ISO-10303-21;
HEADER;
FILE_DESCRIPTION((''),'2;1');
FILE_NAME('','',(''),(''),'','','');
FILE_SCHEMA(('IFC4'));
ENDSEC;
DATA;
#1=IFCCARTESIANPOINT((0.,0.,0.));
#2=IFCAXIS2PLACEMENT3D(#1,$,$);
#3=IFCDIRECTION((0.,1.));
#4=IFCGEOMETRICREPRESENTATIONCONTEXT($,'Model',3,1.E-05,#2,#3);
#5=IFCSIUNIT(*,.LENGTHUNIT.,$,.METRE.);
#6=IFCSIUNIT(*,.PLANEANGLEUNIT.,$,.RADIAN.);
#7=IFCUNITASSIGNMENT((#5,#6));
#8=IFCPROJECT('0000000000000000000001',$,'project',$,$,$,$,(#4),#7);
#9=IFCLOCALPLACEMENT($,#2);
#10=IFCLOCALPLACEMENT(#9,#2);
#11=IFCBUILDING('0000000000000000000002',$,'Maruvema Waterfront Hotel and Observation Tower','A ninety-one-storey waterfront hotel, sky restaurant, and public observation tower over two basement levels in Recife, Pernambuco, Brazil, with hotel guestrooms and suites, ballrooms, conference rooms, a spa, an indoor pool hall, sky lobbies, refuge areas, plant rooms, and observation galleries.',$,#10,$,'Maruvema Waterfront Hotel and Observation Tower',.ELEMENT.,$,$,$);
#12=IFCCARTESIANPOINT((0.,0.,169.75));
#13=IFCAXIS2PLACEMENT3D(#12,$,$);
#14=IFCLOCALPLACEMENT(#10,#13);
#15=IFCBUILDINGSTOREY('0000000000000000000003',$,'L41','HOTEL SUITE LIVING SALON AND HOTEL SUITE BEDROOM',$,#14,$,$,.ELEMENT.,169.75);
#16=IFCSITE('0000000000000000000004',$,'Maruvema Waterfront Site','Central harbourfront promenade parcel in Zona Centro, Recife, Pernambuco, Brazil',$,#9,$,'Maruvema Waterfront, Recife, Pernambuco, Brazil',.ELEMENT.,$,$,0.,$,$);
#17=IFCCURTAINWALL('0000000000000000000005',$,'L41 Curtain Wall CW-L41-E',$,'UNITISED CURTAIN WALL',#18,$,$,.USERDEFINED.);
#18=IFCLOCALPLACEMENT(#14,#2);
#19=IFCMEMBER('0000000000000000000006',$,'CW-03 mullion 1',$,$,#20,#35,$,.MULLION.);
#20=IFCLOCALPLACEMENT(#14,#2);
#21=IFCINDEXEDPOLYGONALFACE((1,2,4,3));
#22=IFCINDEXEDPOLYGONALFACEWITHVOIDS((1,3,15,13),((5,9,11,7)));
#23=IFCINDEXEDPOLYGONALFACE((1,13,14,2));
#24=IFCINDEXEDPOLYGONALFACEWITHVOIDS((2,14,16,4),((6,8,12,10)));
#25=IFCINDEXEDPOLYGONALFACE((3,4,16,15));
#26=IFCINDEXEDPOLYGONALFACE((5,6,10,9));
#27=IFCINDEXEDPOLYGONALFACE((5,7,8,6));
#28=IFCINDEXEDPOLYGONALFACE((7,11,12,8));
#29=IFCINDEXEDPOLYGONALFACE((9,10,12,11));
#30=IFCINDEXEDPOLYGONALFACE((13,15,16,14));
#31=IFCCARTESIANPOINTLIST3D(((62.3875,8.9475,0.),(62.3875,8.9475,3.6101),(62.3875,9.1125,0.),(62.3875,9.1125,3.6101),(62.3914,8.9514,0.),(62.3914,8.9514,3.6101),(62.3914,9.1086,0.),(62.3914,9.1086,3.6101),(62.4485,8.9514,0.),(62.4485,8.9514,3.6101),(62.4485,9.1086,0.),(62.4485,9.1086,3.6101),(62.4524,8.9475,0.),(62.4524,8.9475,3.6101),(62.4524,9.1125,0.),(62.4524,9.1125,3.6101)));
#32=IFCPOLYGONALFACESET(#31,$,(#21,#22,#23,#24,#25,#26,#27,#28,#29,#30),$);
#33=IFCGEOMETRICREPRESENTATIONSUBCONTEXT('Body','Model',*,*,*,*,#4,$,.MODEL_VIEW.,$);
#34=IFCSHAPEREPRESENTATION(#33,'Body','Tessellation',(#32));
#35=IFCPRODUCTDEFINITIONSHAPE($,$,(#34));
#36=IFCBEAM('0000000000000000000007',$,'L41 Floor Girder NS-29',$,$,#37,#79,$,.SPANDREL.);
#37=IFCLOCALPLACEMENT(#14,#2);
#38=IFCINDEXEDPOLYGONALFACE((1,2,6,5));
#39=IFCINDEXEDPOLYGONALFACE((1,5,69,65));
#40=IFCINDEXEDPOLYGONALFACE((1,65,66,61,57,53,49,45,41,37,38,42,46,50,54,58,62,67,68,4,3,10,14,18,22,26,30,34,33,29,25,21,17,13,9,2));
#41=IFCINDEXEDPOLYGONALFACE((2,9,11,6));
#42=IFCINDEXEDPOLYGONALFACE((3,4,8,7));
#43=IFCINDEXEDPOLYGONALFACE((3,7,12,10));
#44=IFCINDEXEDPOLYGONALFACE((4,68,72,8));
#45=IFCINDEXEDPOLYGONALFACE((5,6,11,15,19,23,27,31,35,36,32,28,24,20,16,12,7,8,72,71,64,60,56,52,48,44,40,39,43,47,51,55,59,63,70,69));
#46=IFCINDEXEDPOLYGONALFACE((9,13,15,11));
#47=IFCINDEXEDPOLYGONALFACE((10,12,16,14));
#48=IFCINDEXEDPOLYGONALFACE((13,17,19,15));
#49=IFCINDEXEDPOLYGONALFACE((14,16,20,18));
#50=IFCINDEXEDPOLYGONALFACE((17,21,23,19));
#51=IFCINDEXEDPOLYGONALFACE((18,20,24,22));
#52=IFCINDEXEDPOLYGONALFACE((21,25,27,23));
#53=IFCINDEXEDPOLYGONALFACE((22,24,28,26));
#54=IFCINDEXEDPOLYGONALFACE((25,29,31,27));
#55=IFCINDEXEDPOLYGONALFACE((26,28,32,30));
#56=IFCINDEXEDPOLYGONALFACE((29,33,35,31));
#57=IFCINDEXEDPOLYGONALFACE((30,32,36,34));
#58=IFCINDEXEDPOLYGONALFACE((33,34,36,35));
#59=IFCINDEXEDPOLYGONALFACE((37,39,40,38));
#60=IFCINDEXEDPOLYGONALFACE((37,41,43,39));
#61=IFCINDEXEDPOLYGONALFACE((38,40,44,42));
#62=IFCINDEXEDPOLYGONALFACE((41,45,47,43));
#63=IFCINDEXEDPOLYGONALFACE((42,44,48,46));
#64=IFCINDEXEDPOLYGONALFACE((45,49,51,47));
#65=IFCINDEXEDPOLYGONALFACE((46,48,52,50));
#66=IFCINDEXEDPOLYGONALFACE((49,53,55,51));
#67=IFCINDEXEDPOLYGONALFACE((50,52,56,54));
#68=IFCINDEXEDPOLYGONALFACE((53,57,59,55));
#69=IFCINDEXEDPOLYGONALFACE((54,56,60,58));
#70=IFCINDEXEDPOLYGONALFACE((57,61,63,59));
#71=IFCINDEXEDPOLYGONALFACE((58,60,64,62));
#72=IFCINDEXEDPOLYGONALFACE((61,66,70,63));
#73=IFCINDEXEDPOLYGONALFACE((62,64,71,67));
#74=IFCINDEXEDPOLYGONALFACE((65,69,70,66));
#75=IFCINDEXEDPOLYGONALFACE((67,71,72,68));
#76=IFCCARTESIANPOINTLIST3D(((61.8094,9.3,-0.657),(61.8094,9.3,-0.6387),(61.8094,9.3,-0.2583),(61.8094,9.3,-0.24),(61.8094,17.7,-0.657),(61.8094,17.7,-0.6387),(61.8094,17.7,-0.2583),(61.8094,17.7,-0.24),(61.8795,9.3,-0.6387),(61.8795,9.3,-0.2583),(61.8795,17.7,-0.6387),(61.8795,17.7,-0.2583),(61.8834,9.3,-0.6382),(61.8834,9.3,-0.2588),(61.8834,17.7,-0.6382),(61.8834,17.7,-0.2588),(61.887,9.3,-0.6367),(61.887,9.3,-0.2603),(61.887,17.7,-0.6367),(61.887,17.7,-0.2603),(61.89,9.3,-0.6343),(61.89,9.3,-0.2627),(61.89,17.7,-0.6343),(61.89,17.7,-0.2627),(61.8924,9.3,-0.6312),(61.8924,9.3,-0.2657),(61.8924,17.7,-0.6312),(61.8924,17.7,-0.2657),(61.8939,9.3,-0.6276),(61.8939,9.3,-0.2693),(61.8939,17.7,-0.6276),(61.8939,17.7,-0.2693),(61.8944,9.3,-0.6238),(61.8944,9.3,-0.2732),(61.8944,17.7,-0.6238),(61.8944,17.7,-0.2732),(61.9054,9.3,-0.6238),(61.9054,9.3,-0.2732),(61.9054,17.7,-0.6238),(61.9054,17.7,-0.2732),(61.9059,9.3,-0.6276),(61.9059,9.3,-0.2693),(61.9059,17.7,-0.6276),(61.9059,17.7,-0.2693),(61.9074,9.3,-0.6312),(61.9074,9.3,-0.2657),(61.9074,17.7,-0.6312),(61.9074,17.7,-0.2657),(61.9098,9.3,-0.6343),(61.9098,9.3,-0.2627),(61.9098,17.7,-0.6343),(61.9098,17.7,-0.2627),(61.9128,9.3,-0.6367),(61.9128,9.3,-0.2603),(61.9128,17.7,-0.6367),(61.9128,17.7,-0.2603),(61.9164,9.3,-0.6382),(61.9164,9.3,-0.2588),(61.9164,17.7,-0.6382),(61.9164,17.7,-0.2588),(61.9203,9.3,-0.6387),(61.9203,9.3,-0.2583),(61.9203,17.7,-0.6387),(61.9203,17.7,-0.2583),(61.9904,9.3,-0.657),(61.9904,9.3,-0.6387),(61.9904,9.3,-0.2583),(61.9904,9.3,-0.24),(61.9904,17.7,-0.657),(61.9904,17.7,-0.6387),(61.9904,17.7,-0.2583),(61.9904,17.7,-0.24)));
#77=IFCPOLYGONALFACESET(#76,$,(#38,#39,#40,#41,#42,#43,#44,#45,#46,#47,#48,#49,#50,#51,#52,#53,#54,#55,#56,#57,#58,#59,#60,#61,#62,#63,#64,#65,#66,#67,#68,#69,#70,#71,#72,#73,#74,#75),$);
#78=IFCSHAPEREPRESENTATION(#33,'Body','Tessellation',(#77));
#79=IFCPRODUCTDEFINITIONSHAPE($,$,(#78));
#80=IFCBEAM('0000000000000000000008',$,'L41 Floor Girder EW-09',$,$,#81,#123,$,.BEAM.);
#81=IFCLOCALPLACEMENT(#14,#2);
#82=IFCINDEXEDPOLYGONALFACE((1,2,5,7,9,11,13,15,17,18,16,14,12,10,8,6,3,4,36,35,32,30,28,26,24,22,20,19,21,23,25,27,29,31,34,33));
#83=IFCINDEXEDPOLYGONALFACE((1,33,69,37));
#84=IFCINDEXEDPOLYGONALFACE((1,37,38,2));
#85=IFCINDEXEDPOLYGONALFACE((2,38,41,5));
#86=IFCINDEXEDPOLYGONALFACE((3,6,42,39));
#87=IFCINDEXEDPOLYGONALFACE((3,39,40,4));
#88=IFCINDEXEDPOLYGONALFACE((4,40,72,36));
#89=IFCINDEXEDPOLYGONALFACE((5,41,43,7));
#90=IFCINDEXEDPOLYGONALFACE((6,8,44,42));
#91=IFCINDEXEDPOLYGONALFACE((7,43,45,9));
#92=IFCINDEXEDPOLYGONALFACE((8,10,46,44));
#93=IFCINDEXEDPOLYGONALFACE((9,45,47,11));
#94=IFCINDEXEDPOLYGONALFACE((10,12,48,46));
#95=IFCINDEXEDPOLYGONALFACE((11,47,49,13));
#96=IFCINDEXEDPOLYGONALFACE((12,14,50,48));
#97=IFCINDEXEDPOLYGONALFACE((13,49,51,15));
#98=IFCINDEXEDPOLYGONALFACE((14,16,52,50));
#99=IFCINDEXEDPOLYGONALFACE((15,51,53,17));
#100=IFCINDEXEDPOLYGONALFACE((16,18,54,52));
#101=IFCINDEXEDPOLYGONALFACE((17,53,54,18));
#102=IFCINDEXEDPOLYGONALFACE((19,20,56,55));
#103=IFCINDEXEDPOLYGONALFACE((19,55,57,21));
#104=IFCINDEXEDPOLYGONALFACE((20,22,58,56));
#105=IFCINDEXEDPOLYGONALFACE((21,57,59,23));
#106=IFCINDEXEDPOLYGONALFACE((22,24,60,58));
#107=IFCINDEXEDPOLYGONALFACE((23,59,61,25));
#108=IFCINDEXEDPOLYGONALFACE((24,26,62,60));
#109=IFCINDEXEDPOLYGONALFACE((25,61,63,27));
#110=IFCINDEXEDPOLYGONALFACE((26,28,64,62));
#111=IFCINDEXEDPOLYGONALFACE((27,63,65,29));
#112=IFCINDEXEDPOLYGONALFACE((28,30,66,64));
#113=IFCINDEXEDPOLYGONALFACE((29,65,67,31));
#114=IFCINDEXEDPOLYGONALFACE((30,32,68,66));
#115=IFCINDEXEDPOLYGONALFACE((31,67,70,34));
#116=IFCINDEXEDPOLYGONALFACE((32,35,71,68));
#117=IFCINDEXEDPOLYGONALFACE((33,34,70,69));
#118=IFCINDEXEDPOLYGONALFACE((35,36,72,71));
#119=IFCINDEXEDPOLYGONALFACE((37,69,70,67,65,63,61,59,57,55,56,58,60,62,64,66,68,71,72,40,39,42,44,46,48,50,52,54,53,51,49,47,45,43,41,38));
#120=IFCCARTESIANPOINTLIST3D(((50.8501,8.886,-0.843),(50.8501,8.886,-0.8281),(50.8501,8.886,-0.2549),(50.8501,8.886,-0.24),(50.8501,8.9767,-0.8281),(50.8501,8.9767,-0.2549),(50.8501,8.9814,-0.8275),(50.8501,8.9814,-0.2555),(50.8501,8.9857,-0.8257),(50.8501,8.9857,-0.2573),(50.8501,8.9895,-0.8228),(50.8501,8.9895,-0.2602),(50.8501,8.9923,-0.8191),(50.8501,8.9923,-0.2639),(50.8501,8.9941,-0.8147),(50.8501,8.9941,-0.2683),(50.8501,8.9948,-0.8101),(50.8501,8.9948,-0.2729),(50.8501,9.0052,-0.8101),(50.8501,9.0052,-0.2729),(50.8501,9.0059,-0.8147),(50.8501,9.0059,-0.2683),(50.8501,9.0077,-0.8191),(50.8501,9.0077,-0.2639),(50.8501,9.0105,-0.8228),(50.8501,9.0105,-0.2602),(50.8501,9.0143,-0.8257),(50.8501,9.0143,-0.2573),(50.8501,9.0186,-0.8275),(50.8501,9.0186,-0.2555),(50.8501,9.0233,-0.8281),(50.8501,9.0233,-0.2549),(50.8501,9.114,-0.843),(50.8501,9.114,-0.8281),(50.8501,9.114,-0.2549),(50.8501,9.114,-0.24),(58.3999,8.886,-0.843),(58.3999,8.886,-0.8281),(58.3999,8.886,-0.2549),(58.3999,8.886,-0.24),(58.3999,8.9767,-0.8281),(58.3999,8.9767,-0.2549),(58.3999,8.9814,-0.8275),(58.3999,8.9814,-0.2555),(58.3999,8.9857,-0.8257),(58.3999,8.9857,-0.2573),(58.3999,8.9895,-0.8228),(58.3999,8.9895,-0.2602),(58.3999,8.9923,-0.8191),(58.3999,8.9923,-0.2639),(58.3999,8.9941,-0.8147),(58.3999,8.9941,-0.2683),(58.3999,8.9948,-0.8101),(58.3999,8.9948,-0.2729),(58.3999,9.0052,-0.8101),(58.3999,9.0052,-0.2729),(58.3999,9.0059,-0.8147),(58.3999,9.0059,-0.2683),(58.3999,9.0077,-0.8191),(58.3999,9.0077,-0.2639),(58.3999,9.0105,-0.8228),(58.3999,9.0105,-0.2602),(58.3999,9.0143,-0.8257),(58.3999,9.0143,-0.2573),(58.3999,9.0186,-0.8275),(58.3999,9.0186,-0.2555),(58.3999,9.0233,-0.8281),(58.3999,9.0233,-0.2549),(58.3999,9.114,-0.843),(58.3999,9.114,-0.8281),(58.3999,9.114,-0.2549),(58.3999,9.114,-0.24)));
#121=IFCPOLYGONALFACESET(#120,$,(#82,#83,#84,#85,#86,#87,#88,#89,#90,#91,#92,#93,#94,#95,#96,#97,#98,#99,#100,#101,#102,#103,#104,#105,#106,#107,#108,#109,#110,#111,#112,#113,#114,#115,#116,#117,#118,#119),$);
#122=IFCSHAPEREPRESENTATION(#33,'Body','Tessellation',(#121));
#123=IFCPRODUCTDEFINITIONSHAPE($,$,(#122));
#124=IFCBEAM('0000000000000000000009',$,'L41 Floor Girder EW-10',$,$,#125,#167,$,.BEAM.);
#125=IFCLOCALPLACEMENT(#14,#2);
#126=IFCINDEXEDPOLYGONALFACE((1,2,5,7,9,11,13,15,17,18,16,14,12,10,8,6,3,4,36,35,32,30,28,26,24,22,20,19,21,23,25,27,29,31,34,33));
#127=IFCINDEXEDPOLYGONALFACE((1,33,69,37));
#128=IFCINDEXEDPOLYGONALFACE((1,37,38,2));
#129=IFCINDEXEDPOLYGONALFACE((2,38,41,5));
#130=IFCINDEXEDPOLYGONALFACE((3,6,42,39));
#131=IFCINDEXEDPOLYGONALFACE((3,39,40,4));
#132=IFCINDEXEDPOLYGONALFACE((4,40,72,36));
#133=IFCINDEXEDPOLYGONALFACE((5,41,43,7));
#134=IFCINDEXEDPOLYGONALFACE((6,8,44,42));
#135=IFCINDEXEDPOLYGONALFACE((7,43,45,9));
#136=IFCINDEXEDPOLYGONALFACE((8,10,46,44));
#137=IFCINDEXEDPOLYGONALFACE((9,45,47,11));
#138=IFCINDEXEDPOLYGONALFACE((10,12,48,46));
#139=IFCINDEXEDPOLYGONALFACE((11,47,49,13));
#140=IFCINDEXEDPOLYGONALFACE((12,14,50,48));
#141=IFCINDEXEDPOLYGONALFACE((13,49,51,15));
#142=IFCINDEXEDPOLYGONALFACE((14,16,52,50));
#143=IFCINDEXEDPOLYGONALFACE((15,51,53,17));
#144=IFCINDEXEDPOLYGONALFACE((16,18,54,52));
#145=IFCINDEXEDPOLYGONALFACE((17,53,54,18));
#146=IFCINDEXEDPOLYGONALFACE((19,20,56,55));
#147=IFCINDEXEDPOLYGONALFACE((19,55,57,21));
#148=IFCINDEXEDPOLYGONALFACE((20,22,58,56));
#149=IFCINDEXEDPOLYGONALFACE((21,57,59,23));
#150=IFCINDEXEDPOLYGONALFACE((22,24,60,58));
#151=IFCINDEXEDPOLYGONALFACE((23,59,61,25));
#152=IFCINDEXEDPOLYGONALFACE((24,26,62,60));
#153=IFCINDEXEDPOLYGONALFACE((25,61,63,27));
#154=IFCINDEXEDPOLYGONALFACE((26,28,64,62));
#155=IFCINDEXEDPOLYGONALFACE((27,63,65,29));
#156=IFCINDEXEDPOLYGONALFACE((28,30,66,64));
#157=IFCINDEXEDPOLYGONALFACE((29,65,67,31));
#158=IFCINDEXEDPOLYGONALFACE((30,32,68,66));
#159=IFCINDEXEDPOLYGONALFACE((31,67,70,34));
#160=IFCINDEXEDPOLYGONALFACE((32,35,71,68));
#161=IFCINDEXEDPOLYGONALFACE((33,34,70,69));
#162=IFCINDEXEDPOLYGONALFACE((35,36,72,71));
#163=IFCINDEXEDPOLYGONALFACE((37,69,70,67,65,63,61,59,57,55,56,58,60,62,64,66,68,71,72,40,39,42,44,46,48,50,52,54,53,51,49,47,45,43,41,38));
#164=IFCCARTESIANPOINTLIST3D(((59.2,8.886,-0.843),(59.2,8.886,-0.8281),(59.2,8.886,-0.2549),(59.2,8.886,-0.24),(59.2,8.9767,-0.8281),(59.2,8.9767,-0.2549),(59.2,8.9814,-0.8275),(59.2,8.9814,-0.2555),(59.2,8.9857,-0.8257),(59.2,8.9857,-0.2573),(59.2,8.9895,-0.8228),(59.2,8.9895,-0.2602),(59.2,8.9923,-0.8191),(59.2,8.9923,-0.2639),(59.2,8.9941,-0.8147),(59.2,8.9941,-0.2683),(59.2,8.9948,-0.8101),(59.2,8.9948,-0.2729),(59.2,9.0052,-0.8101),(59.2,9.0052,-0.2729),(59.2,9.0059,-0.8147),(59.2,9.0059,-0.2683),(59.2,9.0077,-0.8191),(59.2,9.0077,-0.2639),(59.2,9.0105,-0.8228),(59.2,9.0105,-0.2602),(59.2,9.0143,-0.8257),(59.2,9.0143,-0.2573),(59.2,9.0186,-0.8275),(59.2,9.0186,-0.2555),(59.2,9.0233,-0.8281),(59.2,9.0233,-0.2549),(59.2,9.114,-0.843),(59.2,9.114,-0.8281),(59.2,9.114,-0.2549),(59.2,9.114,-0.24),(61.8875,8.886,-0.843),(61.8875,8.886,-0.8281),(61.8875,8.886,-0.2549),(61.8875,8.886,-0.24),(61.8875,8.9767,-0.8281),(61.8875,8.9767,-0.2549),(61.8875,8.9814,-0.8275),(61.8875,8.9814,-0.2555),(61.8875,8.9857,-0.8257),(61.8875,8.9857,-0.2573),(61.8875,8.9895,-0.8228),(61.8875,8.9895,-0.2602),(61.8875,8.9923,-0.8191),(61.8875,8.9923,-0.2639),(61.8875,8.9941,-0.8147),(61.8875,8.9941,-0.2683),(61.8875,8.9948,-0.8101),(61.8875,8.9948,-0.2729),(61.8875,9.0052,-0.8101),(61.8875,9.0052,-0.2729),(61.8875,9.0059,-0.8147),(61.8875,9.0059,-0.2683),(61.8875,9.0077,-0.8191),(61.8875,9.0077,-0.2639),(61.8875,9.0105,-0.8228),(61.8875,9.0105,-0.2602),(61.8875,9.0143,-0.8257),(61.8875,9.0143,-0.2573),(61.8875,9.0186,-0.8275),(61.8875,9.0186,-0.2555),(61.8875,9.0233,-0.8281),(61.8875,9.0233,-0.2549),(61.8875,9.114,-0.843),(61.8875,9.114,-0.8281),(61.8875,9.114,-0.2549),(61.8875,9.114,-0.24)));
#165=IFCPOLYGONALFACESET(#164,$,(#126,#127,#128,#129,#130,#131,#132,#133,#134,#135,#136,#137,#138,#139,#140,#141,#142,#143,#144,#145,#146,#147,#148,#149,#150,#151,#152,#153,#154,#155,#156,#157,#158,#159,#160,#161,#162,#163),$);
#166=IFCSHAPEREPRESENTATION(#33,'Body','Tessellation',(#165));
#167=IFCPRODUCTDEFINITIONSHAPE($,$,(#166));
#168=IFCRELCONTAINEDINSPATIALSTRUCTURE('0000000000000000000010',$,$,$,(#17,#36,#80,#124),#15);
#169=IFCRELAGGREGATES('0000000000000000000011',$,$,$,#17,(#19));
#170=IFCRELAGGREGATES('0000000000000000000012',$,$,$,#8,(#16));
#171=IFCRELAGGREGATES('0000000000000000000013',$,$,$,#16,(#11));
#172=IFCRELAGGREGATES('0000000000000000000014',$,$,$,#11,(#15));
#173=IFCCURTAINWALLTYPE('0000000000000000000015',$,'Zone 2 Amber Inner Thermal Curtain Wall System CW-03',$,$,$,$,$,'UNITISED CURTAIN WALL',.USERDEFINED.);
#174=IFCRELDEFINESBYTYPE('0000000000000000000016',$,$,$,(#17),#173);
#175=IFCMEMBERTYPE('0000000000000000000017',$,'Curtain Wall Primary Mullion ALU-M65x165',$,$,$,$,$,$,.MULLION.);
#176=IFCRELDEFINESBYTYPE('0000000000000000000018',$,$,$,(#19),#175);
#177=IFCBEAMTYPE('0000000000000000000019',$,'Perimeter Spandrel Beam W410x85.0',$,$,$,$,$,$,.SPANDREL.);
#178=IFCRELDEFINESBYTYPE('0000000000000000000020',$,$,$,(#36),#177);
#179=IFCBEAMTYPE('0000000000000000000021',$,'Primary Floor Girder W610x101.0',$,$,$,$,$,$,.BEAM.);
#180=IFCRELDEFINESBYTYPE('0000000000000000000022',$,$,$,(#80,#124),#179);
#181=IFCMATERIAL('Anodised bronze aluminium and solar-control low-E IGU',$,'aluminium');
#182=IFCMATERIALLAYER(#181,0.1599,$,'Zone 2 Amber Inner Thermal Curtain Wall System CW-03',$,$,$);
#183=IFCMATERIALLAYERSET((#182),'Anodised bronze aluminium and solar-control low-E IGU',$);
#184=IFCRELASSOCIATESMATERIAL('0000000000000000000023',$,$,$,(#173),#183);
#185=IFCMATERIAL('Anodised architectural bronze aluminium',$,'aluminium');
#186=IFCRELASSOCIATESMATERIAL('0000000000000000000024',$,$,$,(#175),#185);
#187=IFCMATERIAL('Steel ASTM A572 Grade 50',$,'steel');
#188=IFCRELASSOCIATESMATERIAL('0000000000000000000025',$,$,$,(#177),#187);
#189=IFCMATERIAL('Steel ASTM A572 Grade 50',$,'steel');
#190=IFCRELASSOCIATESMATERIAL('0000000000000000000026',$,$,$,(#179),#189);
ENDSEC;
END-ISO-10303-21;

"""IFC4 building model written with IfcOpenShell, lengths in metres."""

from ifc_helpers import new_model, si_unit, direction, frame, origin, origin_2d, place, context, subcontext, project, spatial, hollow_rectangle, i_section, extrude, material, layer, layer_set, material_profile, profile_set, type_object, element, aggregate, save


model = new_model("IFC4")

# Units and contexts
model_context = context("Model", 3, precision=1e-05, world=origin(), true_north=direction((0.0, 1.0)))
body_context = subcontext(model_context, "Body", "Model", "MODEL_VIEW")
ifc_project = project(units=[si_unit("LENGTHUNIT", "METRE"), si_unit("PLANEANGLEUNIT", "RADIAN")], contexts=[model_context])

# Site, building, storey
site_placement = place(None, origin())
site = spatial("IfcSite", under=ifc_project, at=site_placement, Name="Maruvema Waterfront Site", Description="Central harbourfront promenade parcel in Zona Centro, Recife, Pernambuco, Brazil", LongName="Maruvema Waterfront, Recife, Pernambuco, Brazil", CompositionType="ELEMENT", RefElevation=0.0)
building_placement = place(site_placement, origin())
building = spatial("IfcBuilding", under=site, at=building_placement, Name="Maruvema Waterfront Hotel and Observation Tower", Description="A ninety-one-storey waterfront hotel, sky restaurant, and public observation tower over two basement levels in Recife, Pernambuco, Brazil, with hotel guestrooms and suites, ballrooms, conference rooms, a spa, an indoor pool hall, sky lobbies, refuge areas, plant rooms, and observation galleries.", LongName="Maruvema Waterfront Hotel and Observation Tower", CompositionType="ELEMENT")
storey_placement = place(building_placement, frame((0.0, 0.0, 169.75)))
storey = spatial("IfcBuildingStorey", under=building, at=storey_placement, Name="L41", Description="HOTEL SUITE LIVING SALON AND HOTEL SUITE BEDROOM", CompositionType="ELEMENT", Elevation=169.75)

# Curtain wall
ifc_material_1 = material(Name="Anodised bronze aluminium and solar-control low-E IGU", Category="aluminium")
ifc_layer_1 = layer(ifc_material_1, 0.1599, Name="Zone 2 Amber Inner Thermal Curtain Wall System CW-03")
ifc_layer_set_1 = layer_set([ifc_layer_1], Name="Anodised bronze aluminium and solar-control low-E IGU")
curtain_wall_type = type_object("IfcCurtainWallType", Name="Zone 2 Amber Inner Thermal Curtain Wall System CW-03", ElementType="UNITISED CURTAIN WALL", PredefinedType="USERDEFINED", material=ifc_layer_set_1)
curtain_wall_1_placement = place(storey_placement, origin())
curtain_wall_1 = element("IfcCurtainWall", 1, at=curtain_wall_1_placement, inside=storey, type_object=curtain_wall_type, Name="L41 Curtain Wall CW-L41-E", ObjectType="UNITISED CURTAIN WALL", PredefinedType="USERDEFINED")

# Member
ifc_material_2 = material(Name="Anodised architectural bronze aluminium", Category="aluminium")
ifc_material_profile_1 = material_profile(ifc_material_2, hollow_rectangle(XDim=0.0649, YDim=0.165, WallThickness=0.0039, at=origin_2d()), Name="ALU-M65x165")
ifc_profile_set_1 = profile_set([ifc_material_profile_1], Name="Anodised architectural bronze aluminium")
member_type_1 = type_object("IfcMemberType", Name="Curtain Wall Primary Mullion ALU-M65x165", PredefinedType="MULLION", material=ifc_profile_set_1)
member_1_placement = place(storey_placement, frame((62.4199, 9.03, 0.0), z_axis=(0.0, 0.0, 1.0), x_axis=(-1.0, 0.0, 0.0)))
member_1 = element("IfcMember", 2, at=member_1_placement, type_object=member_type_1, Name="CW-03 mullion 1", PredefinedType="MULLION", context=body_context, shape_type="SweptSolid", body=[
    extrude(hollow_rectangle(XDim=0.0649, YDim=0.165, WallThickness=0.0039, at=origin_2d()), origin(), (0.0, 0.0, 1.0), 3.6101),
])

# Beams
ifc_material_3 = material(Name="Steel ASTM A572 Grade 50", Category="steel")
ifc_material_profile_2 = material_profile(ifc_material_3, i_section(OverallWidth=0.1809, OverallDepth=0.417, WebThickness=0.011, FlangeThickness=0.0183, FilletRadius=0.0149, at=origin_2d()), Name="W410x85.0")
ifc_profile_set_2 = profile_set([ifc_material_profile_2], Name="Steel ASTM A572 Grade 50")
beam_type_1 = type_object("IfcBeamType", Name="Perimeter Spandrel Beam W410x85.0", PredefinedType="SPANDREL", material=ifc_profile_set_2)
beam_1_placement = place(storey_placement, frame((61.8999, 9.3, -0.4485), z_axis=(0.0, 1.0, 0.0), x_axis=(-1.0, 0.0, 0.0)))
element("IfcBeam", 3, at=beam_1_placement, inside=storey, type_object=beam_type_1, Name="L41 Floor Girder NS-29", PredefinedType="SPANDREL", context=body_context, shape_type="SweptSolid", body=[
    extrude(i_section(OverallWidth=0.1809, OverallDepth=0.417, WebThickness=0.011, FlangeThickness=0.0183, FilletRadius=0.0149, at=origin_2d()), origin(), (0.0, 0.0, 1.0), 8.3999),
])
ifc_material_4 = material(Name="Steel ASTM A572 Grade 50", Category="steel")
ifc_material_profile_3 = material_profile(ifc_material_4, i_section(OverallWidth=0.228, OverallDepth=0.603, WebThickness=0.0105, FlangeThickness=0.0149, FilletRadius=0.0181, at=origin_2d()), Name="W610x101.0")
ifc_profile_set_3 = profile_set([ifc_material_profile_3], Name="Steel ASTM A572 Grade 50")
beam_type_2 = type_object("IfcBeamType", Name="Primary Floor Girder W610x101.0", PredefinedType="BEAM", material=ifc_profile_set_3)
beam_2_placement = place(storey_placement, frame((50.8501, 9.0, -0.5415), z_axis=(1.0, 0.0, 0.0), x_axis=(0.0, 1.0, 0.0)))
element("IfcBeam", 4, at=beam_2_placement, inside=storey, type_object=beam_type_2, Name="L41 Floor Girder EW-09", PredefinedType="BEAM", context=body_context, shape_type="SweptSolid", body=[
    extrude(i_section(OverallWidth=0.228, OverallDepth=0.603, WebThickness=0.0105, FlangeThickness=0.0149, FilletRadius=0.0181, at=origin_2d()), origin(), (0.0, 0.0, 1.0), 7.5498),
])
beam_3_placement = place(storey_placement, frame((59.2, 9.0, -0.5415), z_axis=(1.0, 0.0, 0.0), x_axis=(0.0, 1.0, 0.0)))
element("IfcBeam", 5, at=beam_3_placement, inside=storey, type_object=beam_type_2, Name="L41 Floor Girder EW-10", PredefinedType="BEAM", context=body_context, shape_type="SweptSolid", body=[
    extrude(i_section(OverallWidth=0.228, OverallDepth=0.603, WebThickness=0.0105, FlangeThickness=0.0149, FilletRadius=0.0181, at=origin_2d()), origin(), (0.0, 0.0, 1.0), 2.6875),
])

aggregate(curtain_wall_1, [member_1])

save(model, "model.ifc")
